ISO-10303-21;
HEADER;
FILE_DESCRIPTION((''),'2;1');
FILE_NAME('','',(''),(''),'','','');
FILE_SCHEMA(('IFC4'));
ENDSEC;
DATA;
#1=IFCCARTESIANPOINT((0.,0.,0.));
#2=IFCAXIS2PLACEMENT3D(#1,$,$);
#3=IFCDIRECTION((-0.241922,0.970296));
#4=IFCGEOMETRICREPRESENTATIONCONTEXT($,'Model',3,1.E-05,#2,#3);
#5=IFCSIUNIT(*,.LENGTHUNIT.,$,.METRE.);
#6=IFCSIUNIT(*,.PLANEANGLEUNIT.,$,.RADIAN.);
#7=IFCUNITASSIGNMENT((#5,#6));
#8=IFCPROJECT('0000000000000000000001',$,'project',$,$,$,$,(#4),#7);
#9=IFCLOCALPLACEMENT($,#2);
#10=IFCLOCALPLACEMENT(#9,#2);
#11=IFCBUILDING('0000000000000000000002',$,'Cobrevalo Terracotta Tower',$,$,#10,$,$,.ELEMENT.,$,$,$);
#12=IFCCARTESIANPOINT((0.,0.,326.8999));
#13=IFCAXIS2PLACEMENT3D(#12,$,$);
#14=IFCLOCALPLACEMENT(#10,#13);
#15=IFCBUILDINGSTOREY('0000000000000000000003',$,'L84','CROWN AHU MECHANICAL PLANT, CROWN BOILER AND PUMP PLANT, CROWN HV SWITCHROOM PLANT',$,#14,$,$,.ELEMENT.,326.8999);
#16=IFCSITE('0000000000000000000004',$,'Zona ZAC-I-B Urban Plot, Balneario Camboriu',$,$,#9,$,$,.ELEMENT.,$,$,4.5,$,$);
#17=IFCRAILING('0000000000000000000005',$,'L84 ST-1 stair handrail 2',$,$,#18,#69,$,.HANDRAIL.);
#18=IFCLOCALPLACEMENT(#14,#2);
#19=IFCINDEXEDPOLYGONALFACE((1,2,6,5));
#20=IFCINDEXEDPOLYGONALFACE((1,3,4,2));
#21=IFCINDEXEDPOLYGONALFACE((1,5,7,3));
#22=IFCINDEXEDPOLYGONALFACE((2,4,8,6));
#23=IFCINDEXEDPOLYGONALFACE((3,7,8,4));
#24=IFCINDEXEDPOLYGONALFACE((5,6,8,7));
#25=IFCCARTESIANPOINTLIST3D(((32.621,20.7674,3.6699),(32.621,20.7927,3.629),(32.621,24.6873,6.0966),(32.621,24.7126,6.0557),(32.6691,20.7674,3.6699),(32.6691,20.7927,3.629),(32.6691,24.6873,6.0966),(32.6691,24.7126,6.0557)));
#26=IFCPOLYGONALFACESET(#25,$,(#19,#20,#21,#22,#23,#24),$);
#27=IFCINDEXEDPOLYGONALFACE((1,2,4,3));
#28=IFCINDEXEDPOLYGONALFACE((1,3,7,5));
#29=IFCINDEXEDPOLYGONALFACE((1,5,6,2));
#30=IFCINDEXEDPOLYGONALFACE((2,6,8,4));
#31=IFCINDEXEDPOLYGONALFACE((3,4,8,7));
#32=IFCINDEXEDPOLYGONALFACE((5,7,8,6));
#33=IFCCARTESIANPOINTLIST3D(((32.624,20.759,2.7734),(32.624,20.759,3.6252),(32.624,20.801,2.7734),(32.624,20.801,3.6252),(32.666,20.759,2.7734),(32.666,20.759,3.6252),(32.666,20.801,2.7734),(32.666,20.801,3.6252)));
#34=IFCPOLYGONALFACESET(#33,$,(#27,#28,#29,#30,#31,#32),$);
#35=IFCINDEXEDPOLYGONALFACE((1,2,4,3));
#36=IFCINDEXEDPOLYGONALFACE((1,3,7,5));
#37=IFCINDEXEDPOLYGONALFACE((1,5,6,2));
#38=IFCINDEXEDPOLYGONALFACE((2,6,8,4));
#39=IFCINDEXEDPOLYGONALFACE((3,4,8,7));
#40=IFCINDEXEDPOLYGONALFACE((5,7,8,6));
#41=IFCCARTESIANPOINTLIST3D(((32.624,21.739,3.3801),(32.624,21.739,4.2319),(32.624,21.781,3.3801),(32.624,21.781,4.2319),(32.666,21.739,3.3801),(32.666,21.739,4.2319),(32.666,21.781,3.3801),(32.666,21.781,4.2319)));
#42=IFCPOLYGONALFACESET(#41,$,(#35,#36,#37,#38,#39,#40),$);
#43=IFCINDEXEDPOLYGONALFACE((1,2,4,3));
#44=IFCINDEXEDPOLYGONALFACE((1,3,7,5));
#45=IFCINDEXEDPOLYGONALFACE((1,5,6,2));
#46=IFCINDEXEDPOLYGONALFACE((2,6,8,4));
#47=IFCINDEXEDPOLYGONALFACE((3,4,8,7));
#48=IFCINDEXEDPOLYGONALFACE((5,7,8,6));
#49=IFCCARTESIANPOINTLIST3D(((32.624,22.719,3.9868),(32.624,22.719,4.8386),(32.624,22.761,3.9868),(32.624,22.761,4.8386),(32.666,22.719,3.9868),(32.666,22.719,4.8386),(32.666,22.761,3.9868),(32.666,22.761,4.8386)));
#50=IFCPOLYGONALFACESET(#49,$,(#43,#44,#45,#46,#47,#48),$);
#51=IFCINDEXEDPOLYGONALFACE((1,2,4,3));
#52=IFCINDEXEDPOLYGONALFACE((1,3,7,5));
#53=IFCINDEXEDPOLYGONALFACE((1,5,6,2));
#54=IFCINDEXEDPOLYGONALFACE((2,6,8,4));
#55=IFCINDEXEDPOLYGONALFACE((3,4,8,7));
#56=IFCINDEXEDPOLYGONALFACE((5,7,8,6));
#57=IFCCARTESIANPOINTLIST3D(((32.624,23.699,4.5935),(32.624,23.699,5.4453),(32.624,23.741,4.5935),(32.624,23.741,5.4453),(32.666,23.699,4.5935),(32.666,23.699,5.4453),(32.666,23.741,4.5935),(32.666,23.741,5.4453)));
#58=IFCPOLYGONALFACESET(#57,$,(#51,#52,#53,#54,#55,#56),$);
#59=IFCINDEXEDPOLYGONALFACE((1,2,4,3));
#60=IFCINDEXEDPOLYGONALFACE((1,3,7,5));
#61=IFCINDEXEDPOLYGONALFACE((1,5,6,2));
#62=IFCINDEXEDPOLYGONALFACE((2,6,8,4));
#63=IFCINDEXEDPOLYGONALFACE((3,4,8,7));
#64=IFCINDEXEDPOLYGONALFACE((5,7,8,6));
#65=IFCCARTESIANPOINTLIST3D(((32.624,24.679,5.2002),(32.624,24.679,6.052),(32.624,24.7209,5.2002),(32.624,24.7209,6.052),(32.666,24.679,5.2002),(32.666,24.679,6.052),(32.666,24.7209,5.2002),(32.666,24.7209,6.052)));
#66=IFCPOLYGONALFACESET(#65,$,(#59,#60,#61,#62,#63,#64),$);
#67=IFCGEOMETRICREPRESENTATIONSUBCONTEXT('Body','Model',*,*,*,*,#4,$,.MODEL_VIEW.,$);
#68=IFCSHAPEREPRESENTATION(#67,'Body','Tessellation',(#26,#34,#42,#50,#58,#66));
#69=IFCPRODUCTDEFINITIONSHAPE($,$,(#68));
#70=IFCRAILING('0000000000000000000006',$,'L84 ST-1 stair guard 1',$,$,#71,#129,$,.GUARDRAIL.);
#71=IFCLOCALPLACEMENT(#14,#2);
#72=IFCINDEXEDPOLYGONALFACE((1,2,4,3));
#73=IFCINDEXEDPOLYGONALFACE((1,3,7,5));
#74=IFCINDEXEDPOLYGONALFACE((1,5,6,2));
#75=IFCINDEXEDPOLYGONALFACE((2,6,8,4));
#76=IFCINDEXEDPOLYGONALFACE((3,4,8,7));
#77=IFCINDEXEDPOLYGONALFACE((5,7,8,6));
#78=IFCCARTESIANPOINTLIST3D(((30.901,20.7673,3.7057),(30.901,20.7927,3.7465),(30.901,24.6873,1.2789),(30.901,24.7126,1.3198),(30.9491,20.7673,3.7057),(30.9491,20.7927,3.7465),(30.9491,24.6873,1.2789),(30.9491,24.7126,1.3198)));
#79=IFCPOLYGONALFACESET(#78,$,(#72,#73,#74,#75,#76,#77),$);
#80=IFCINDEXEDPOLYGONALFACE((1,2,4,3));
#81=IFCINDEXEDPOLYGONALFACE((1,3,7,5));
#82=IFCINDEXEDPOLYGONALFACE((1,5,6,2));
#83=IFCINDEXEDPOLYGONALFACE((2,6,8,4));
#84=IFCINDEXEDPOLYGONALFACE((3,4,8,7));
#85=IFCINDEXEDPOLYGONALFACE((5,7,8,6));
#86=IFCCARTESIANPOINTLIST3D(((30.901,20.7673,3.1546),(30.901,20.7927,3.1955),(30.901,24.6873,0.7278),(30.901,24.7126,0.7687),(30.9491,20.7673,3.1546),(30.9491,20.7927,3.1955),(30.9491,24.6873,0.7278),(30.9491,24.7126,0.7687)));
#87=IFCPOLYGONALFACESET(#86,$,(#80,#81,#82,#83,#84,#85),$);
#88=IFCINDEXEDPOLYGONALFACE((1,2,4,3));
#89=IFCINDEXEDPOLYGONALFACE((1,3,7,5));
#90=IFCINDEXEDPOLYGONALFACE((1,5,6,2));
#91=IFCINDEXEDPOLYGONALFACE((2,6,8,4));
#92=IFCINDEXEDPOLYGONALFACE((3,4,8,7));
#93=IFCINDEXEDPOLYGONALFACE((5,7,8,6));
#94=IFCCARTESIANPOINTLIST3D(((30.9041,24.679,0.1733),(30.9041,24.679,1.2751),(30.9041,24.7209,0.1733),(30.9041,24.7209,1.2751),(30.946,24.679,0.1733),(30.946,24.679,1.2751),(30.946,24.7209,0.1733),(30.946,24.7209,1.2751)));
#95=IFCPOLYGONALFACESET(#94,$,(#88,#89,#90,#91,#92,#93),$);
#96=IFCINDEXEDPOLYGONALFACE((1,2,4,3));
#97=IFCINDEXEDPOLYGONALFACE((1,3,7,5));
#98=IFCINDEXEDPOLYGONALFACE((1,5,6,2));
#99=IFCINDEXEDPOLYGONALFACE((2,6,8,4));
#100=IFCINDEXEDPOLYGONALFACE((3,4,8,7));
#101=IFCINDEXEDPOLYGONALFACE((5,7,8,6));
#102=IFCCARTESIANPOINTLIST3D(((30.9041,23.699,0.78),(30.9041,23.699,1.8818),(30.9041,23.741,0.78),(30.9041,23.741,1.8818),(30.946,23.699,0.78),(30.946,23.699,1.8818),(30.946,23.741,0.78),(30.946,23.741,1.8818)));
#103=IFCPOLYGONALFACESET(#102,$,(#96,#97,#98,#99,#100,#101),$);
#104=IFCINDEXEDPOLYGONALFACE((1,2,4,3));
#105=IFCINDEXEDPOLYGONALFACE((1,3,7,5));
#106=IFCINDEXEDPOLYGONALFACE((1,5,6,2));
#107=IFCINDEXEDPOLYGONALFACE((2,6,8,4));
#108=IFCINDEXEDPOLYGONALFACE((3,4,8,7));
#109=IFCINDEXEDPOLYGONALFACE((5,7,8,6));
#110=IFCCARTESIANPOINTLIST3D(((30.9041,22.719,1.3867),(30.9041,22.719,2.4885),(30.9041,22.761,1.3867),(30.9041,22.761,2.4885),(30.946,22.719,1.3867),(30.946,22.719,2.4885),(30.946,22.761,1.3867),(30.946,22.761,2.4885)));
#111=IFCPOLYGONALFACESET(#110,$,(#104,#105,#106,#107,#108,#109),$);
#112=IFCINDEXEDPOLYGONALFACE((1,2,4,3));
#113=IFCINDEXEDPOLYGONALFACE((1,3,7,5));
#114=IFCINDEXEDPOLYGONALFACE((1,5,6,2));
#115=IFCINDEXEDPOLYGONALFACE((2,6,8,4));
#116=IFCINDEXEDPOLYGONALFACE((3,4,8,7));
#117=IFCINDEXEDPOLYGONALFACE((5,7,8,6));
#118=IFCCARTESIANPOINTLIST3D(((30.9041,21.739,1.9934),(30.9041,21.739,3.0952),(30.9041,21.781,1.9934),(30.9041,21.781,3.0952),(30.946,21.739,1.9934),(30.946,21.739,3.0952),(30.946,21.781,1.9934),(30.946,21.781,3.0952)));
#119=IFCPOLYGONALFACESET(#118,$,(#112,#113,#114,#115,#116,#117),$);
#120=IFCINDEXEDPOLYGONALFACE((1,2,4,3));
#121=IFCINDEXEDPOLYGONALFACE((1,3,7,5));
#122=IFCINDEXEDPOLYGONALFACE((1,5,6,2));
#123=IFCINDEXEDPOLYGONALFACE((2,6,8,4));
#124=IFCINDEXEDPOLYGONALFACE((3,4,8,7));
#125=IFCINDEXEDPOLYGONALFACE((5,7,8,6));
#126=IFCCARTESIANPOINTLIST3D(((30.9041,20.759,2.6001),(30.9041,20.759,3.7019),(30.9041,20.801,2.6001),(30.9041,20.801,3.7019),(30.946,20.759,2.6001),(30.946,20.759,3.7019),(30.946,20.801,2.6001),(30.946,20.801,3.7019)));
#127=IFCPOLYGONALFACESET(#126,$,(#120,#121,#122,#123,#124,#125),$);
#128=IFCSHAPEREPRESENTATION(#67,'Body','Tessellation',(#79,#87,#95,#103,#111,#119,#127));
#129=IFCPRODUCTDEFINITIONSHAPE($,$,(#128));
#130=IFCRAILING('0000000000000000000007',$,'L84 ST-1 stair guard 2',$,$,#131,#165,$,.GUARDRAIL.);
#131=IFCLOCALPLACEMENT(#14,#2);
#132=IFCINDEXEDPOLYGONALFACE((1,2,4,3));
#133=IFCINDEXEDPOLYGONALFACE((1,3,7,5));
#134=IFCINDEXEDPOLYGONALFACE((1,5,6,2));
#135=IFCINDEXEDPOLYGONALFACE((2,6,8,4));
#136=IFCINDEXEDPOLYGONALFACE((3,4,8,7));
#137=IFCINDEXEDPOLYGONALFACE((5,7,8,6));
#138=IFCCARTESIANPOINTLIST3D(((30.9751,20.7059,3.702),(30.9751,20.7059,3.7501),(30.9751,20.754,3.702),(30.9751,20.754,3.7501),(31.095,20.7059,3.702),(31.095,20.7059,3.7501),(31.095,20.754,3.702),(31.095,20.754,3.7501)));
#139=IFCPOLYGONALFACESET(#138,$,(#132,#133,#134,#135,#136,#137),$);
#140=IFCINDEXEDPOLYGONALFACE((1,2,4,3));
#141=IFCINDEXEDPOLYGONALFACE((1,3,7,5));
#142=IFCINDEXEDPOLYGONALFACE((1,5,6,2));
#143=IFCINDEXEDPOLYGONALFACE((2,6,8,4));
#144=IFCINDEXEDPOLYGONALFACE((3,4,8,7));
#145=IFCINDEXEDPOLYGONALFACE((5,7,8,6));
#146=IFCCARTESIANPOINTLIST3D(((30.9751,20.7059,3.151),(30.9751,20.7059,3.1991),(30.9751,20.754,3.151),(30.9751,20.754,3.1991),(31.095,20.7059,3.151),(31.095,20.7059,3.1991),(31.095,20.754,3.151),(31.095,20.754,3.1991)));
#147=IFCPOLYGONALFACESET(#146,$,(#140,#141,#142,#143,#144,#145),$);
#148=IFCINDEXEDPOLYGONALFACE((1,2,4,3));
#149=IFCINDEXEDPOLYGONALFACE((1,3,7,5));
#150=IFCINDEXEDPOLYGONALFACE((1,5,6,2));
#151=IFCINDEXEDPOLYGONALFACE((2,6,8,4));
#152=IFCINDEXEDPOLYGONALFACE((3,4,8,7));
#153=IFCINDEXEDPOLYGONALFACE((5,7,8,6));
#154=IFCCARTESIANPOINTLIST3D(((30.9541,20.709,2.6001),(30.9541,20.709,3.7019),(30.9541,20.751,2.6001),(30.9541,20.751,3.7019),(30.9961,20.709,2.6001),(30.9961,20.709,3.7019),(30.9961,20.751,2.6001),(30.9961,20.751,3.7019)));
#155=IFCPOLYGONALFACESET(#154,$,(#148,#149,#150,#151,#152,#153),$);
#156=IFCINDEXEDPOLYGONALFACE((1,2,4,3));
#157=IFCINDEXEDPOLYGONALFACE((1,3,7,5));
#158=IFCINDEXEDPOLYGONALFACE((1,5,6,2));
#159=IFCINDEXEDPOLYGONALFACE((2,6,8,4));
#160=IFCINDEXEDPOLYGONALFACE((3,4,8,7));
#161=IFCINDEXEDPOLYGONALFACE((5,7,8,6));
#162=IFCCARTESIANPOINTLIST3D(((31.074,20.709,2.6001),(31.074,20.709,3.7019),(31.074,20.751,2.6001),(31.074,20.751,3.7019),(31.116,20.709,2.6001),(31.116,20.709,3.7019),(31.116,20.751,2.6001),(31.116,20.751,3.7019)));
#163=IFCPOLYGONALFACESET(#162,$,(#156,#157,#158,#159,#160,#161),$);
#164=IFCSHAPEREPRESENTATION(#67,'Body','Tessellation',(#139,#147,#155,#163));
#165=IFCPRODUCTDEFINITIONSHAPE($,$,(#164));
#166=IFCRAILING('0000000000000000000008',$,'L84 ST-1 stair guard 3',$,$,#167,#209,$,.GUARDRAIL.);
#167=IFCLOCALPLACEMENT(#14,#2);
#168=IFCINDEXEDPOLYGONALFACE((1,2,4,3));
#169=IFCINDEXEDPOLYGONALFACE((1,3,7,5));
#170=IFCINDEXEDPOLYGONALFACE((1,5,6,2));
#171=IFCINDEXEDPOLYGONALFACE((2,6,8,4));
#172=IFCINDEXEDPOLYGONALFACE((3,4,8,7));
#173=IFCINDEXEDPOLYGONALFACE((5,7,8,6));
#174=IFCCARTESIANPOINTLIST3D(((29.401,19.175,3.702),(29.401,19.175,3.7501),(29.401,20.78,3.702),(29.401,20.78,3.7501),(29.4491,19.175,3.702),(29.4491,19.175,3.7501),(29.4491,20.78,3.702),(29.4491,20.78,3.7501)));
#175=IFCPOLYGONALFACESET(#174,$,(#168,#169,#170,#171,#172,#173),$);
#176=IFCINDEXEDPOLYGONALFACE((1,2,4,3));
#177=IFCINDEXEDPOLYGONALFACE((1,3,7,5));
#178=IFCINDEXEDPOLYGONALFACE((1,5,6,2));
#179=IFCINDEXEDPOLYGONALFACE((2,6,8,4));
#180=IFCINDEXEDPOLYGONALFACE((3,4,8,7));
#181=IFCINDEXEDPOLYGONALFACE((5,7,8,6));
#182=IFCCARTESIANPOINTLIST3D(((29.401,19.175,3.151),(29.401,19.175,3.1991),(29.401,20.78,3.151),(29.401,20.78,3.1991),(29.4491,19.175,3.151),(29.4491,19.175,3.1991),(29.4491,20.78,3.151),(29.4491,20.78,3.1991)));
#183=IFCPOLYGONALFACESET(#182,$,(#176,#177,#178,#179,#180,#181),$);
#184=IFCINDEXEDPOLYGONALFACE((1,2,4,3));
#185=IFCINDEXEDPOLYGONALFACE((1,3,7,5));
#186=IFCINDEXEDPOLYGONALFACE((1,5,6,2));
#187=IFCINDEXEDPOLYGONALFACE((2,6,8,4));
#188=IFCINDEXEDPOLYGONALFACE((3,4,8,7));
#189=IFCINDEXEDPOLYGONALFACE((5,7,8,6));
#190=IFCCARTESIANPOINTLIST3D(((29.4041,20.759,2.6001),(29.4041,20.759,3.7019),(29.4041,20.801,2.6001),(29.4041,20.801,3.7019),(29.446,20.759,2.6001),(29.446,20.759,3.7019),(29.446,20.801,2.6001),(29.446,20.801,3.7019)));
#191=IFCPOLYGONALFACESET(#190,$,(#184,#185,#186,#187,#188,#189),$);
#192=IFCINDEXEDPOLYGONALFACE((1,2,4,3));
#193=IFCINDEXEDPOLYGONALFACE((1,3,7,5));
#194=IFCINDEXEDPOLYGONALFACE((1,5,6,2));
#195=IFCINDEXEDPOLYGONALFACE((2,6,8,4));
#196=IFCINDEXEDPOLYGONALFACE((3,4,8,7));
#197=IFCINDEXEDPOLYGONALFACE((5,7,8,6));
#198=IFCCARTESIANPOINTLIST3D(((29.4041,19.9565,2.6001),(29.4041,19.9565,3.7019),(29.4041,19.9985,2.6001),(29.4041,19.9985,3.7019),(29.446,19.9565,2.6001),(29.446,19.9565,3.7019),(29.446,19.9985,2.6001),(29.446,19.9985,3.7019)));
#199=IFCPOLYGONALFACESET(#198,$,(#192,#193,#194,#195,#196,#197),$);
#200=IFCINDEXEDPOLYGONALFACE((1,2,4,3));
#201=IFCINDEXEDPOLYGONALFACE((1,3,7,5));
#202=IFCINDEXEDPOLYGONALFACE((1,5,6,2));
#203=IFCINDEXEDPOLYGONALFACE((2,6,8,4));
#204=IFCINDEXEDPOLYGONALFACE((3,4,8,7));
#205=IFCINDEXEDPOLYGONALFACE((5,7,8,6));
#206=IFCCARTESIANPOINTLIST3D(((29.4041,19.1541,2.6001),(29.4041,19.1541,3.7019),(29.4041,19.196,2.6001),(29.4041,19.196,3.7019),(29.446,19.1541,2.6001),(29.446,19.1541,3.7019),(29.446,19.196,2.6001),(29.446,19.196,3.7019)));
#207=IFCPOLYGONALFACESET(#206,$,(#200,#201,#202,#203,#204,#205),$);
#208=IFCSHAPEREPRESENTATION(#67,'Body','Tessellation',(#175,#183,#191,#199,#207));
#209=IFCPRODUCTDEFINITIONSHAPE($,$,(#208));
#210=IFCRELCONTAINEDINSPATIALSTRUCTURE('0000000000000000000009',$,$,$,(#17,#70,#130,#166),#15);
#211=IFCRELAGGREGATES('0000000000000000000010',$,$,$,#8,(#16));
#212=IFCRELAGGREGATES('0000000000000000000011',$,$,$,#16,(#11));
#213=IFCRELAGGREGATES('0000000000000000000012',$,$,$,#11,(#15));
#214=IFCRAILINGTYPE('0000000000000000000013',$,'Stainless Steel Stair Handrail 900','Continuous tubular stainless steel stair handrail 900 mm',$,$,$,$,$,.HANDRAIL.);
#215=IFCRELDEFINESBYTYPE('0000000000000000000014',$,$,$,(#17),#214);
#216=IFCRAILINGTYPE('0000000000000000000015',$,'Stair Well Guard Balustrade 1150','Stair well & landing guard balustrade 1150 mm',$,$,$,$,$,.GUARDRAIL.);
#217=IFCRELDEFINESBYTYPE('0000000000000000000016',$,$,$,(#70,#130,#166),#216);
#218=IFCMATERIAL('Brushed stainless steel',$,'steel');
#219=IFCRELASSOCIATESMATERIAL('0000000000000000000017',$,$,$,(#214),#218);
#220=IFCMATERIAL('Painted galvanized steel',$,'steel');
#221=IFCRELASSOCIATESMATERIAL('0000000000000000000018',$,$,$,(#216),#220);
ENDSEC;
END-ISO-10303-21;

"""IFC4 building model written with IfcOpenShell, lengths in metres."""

from ifc_helpers import new_model, si_unit, direction, frame, origin, origin_2d, place, context, subcontext, project, spatial, rectangle, extrude, material, type_object, element, save


model = new_model("IFC4")

# Units and contexts
model_context = context("Model", 3, precision=1e-05, world=origin(), true_north=direction((-0.241922, 0.970296)))
body_context = subcontext(model_context, "Body", "Model", "MODEL_VIEW")
ifc_project = project(units=[si_unit("LENGTHUNIT", "METRE"), si_unit("PLANEANGLEUNIT", "RADIAN")], contexts=[model_context])

# Site, building, storey
site_placement = place(None, origin())
site = spatial("IfcSite", under=ifc_project, at=site_placement, Name="Zona ZAC-I-B Urban Plot, Balneario Camboriu", CompositionType="ELEMENT", RefElevation=4.5)
building_placement = place(site_placement, origin())
building = spatial("IfcBuilding", under=site, at=building_placement, Name="Cobrevalo Terracotta Tower", CompositionType="ELEMENT")
storey_placement = place(building_placement, frame((0.0, 0.0, 326.8999)))
storey = spatial("IfcBuildingStorey", under=building, at=storey_placement, Name="L84", Description="CROWN AHU MECHANICAL PLANT, CROWN BOILER AND PUMP PLANT, CROWN HV SWITCHROOM PLANT", CompositionType="ELEMENT", Elevation=326.8999)

# Railings
ifc_material_1 = material(Name="Brushed stainless steel", Category="steel")
railing_type_1 = type_object("IfcRailingType", Name="Stainless Steel Stair Handrail 900", Description="Continuous tubular stainless steel stair handrail 900 mm", PredefinedType="HANDRAIL", material=ifc_material_1)
railing_1_placement = place(storey_placement, frame((32.645, 20.78, 2.7734)))
element("IfcRailing", 1, at=railing_1_placement, inside=storey, type_object=railing_type_1, Name="L84 ST-1 stair handrail 2", PredefinedType="HANDRAIL", context=body_context, shape_type="SweptSolid", body=[
    extrude(rectangle(XDim=0.0481, YDim=0.0481, at=origin_2d()), frame((0.0, 0.0, 0.876), z_axis=(0.0, 0.850252, 0.526376), x_axis=(-1.0, 0.0, 0.0)), (0.0, 0.0, 1.0), 4.6104),
    extrude(rectangle(XDim=0.042, YDim=0.042, at=origin_2d()), origin(), (0.0, 0.0, 1.0), 0.8518),
    extrude(rectangle(XDim=0.042, YDim=0.042, at=origin_2d()), frame((0.0, 0.98, 0.6067)), (0.0, 0.0, 1.0), 0.8518),
    extrude(rectangle(XDim=0.042, YDim=0.042, at=origin_2d()), frame((0.0, 1.96, 1.2134)), (0.0, 0.0, 1.0), 0.8518),
    extrude(rectangle(XDim=0.042, YDim=0.042, at=origin_2d()), frame((0.0, 2.9399, 1.8201)), (0.0, 0.0, 1.0), 0.8518),
    extrude(rectangle(XDim=0.042, YDim=0.042, at=origin_2d()), frame((0.0, 3.9199, 2.4268)), (0.0, 0.0, 1.0), 0.8518),
])
ifc_material_2 = material(Name="Painted galvanized steel", Category="steel")
railing_type_2 = type_object("IfcRailingType", Name="Stair Well Guard Balustrade 1150", Description="Stair well & landing guard balustrade 1150 mm", PredefinedType="GUARDRAIL", material=ifc_material_2)
railing_2_placement = place(storey_placement, frame((30.925, 24.7, 0.1733)))
element("IfcRailing", 2, at=railing_2_placement, inside=storey, type_object=railing_type_2, Name="L84 ST-1 stair guard 1", PredefinedType="GUARDRAIL", context=body_context, shape_type="SweptSolid", body=[
    extrude(rectangle(XDim=0.0481, YDim=0.0481, at=origin_2d()), frame((0.0, 0.0, 1.126), z_axis=(0.0, -0.850252, 0.526376), x_axis=(1.0, 0.0, 0.0)), (0.0, 0.0, 1.0), 4.6104),
    extrude(rectangle(XDim=0.0481, YDim=0.0481, at=origin_2d()), frame((0.0, 0.0, 0.575), z_axis=(0.0, -0.850252, 0.526376), x_axis=(1.0, 0.0, 0.0)), (0.0, 0.0, 1.0), 4.6104),
    extrude(rectangle(XDim=0.042, YDim=0.042, at=origin_2d()), origin(), (0.0, 0.0, 1.0), 1.1018),
    extrude(rectangle(XDim=0.042, YDim=0.042, at=origin_2d()), frame((0.0, -0.98, 0.6067)), (0.0, 0.0, 1.0), 1.1018),
    extrude(rectangle(XDim=0.042, YDim=0.042, at=origin_2d()), frame((0.0, -1.96, 1.2134)), (0.0, 0.0, 1.0), 1.1018),
    extrude(rectangle(XDim=0.042, YDim=0.042, at=origin_2d()), frame((0.0, -2.9399, 1.8201)), (0.0, 0.0, 1.0), 1.1018),
    extrude(rectangle(XDim=0.042, YDim=0.042, at=origin_2d()), frame((0.0, -3.9199, 2.4268)), (0.0, 0.0, 1.0), 1.1018),
])
railing_3_placement = place(storey_placement, frame((30.9751, 20.73, 2.6001)))
element("IfcRailing", 3, at=railing_3_placement, inside=storey, type_object=railing_type_2, Name="L84 ST-1 stair guard 2", PredefinedType="GUARDRAIL", context=body_context, shape_type="SweptSolid", body=[
    extrude(rectangle(XDim=0.0481, YDim=0.0481, at=origin_2d()), frame((0.0, 0.0, 1.126), z_axis=(1.0, 0.0, 0.0), x_axis=(0.0, 1.0, 0.0)), (0.0, 0.0, 1.0), 0.1199),
    extrude(rectangle(XDim=0.0481, YDim=0.0481, at=origin_2d()), frame((0.0, 0.0, 0.575), z_axis=(1.0, 0.0, 0.0), x_axis=(0.0, 1.0, 0.0)), (0.0, 0.0, 1.0), 0.1199),
    extrude(rectangle(XDim=0.042, YDim=0.042, at=origin_2d()), origin(), (0.0, 0.0, 1.0), 1.1018),
    extrude(rectangle(XDim=0.042, YDim=0.042, at=origin_2d()), frame((0.1199, 0.0, 0.0)), (0.0, 0.0, 1.0), 1.1018),
])
for number, where, name in (
    (4, (29.425, 20.78, 2.6001), "L84 ST-1 stair guard 3"),
):
    element("IfcRailing", number, at=place(storey_placement, frame(where)), inside=storey, type_object=railing_type_2, Name=name, PredefinedType="GUARDRAIL", context=body_context, shape_type="SweptSolid", body=[
        extrude(rectangle(XDim=0.0481, YDim=0.0481, at=origin_2d()), frame((0.0, 0.0, 1.126), z_axis=(0.0, -1.0, 0.0), x_axis=(1.0, 0.0, 0.0)), (0.0, 0.0, 1.0), 1.605),
        extrude(rectangle(XDim=0.0481, YDim=0.0481, at=origin_2d()), frame((0.0, 0.0, 0.575), z_axis=(0.0, -1.0, 0.0), x_axis=(1.0, 0.0, 0.0)), (0.0, 0.0, 1.0), 1.605),
        extrude(rectangle(XDim=0.042, YDim=0.042, at=origin_2d()), origin(), (0.0, 0.0, 1.0), 1.1018),
        extrude(rectangle(XDim=0.042, YDim=0.042, at=origin_2d()), frame((0.0, -0.8025, 0.0)), (0.0, 0.0, 1.0), 1.1018),
        extrude(rectangle(XDim=0.042, YDim=0.042, at=origin_2d()), frame((0.0, -1.605, 0.0)), (0.0, 0.0, 1.0), 1.1018),
    ])

save(model, "model.ifc")
